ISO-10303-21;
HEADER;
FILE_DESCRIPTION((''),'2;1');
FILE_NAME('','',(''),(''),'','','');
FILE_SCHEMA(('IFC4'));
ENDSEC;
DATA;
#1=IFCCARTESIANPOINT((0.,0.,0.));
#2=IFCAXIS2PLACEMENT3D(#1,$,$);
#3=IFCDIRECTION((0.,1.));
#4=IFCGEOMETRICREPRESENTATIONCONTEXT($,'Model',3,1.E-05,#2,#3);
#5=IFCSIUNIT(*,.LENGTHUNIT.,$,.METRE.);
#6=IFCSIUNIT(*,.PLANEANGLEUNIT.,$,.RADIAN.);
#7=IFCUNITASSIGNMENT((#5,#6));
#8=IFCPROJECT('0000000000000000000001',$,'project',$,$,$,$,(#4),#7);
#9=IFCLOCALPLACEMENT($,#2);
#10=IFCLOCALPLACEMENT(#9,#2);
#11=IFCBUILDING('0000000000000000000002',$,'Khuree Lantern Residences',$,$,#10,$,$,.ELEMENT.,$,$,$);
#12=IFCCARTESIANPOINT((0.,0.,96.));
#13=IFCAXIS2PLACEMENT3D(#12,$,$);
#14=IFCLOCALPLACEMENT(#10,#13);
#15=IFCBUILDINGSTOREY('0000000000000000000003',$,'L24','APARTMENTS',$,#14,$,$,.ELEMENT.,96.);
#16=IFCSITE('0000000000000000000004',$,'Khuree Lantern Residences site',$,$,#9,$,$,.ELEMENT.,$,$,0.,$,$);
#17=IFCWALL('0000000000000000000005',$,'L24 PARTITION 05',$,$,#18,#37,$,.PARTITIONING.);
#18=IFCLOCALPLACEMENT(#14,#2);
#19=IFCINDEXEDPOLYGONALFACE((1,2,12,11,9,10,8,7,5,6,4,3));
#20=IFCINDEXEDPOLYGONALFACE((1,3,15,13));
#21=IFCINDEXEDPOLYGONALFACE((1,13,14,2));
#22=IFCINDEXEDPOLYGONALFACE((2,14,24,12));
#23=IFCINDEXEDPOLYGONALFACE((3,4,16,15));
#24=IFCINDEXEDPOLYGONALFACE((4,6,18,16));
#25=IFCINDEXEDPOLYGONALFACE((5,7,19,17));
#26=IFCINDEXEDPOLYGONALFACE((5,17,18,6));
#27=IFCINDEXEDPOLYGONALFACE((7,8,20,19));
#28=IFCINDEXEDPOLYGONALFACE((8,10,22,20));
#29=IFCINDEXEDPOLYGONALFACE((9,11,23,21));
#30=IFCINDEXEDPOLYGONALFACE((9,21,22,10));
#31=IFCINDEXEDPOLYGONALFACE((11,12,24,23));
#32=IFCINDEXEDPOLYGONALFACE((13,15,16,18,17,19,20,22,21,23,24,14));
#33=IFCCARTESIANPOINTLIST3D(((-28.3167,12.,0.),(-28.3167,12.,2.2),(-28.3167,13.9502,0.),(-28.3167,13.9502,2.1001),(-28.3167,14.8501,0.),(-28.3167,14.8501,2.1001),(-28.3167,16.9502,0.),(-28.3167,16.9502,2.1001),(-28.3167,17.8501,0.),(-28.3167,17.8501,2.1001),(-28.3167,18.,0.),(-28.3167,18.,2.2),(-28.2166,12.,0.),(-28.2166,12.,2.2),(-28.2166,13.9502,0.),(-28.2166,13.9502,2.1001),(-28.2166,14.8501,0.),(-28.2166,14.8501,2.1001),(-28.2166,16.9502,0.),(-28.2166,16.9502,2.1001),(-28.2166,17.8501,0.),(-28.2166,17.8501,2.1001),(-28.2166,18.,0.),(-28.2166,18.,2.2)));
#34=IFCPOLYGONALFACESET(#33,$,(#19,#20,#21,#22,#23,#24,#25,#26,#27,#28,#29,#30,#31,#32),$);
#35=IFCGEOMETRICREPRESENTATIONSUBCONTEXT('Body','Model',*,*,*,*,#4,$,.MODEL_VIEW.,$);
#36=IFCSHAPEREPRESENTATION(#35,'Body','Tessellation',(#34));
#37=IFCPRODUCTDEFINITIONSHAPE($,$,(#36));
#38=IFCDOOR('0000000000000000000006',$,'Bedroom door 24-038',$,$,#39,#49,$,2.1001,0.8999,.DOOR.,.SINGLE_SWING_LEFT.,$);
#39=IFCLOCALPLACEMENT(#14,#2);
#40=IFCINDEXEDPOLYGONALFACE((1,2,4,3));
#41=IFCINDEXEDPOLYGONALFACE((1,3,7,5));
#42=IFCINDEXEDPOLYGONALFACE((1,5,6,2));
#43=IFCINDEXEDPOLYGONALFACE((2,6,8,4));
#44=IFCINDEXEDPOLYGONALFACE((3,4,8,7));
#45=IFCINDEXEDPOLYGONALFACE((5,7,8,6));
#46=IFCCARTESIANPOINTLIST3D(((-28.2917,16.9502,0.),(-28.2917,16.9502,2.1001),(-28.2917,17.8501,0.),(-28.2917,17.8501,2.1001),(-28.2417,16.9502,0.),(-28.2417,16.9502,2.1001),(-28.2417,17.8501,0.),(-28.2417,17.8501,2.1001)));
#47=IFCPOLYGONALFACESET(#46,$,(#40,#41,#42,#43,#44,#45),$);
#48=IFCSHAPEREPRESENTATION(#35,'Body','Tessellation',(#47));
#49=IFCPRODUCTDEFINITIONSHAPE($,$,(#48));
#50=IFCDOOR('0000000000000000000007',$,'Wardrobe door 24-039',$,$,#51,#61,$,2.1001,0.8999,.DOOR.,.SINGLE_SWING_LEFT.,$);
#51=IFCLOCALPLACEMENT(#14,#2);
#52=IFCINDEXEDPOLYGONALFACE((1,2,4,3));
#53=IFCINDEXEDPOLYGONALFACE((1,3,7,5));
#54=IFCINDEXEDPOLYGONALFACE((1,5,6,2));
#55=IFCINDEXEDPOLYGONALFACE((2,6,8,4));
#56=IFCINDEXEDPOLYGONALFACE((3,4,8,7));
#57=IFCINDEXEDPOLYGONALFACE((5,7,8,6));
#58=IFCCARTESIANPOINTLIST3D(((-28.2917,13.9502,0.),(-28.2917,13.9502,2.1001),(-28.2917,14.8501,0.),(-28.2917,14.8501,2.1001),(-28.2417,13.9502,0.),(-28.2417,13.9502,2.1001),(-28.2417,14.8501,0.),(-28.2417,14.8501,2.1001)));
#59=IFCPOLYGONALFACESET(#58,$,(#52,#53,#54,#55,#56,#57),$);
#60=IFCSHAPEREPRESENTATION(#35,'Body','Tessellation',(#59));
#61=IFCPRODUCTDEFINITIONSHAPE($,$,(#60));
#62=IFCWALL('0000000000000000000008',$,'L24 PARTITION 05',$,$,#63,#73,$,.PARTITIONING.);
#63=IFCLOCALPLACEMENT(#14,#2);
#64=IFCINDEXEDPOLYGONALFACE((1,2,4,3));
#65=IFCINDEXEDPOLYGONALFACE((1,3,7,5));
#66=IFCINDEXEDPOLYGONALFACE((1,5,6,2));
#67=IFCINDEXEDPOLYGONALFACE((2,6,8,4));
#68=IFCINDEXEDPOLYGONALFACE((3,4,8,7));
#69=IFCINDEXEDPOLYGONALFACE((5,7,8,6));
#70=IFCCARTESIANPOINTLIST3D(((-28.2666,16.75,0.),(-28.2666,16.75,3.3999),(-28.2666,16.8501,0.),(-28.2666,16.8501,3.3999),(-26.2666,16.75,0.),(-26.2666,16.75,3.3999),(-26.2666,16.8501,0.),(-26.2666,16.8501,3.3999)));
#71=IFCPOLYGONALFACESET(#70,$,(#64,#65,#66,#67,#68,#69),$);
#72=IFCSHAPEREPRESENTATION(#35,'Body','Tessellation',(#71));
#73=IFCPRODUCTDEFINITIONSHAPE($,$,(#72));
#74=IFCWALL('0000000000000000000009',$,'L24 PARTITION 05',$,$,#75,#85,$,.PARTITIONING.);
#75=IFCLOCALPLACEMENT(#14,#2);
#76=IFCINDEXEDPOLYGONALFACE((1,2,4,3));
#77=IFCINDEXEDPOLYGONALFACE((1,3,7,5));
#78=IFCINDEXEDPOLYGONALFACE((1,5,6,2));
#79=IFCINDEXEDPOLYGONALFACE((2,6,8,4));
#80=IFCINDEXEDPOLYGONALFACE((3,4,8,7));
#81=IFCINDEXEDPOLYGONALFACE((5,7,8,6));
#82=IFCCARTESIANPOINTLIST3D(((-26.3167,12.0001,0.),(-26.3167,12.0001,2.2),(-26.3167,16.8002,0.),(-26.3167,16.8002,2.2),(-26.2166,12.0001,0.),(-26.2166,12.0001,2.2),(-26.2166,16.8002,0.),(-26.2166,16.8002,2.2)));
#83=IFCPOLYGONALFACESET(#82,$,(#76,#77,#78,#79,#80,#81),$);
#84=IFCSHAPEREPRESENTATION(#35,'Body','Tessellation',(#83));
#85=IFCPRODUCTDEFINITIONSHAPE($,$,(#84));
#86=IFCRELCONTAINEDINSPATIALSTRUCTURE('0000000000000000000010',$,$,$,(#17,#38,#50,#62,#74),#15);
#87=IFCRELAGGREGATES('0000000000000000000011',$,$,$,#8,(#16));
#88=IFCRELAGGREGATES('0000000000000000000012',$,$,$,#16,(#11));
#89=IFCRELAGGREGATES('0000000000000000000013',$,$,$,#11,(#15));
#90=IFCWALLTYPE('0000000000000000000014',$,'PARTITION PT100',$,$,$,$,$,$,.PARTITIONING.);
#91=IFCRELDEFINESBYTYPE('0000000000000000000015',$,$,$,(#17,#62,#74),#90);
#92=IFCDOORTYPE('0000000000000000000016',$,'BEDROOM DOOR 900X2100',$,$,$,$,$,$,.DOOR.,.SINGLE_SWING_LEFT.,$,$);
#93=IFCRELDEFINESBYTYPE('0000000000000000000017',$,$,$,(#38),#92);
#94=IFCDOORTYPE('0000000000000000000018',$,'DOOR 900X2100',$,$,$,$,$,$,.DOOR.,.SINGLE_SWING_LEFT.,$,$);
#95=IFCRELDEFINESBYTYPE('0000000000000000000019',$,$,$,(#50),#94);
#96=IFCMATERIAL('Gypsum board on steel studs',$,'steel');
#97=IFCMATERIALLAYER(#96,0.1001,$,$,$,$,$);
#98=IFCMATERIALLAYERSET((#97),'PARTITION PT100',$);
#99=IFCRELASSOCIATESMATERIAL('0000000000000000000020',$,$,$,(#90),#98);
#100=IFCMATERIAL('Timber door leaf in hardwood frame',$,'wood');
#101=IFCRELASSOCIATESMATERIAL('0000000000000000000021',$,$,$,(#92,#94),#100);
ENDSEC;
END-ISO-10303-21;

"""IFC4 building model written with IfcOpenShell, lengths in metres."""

from ifc_helpers import new_model, si_unit, direction, frame, frame_2d, origin, place, context, subcontext, project, spatial, rectangle, extrude, material, layer, layer_set, type_object, element, fill, save


model = new_model("IFC4")

# Units and contexts
model_context = context("Model", 3, precision=1e-05, world=origin(), true_north=direction((0.0, 1.0)))
body_context = subcontext(model_context, "Body", "Model", "MODEL_VIEW")
ifc_project = project(units=[si_unit("LENGTHUNIT", "METRE"), si_unit("PLANEANGLEUNIT", "RADIAN")], contexts=[model_context])

# Site, building, storey
site_placement = place(None, origin())
site = spatial("IfcSite", under=ifc_project, at=site_placement, Name="Khuree Lantern Residences site", CompositionType="ELEMENT", RefElevation=0.0)
building_placement = place(site_placement, origin())
building = spatial("IfcBuilding", under=site, at=building_placement, Name="Khuree Lantern Residences", CompositionType="ELEMENT")
storey_placement = place(building_placement, frame((0.0, 0.0, 96.0)))
storey = spatial("IfcBuildingStorey", under=building, at=storey_placement, Name="L24", Description="APARTMENTS", CompositionType="ELEMENT", Elevation=96.0)

# Shared definitions
ifc_material_1 = material(Name="Timber door leaf in hardwood frame", Category="wood")

# Shared definitions
ifc_material_2 = material(Name="Gypsum board on steel studs", Category="steel")
ifc_layer_1 = layer(ifc_material_2, 0.1001)
ifc_layer_set_1 = layer_set([ifc_layer_1], Name="PARTITION PT100")
wall_type_1 = type_object("IfcWallType", Name="PARTITION PT100", PredefinedType="PARTITIONING", material=ifc_layer_set_1)

# Wall, openings, doors
wall_1_placement = place(storey_placement, frame((-28.2666, 18.0, 0.0), z_axis=(0.0, 0.0, 1.0), x_axis=(0.0, -1.0, 0.0)))
wall_1 = element("IfcWall", 1, at=wall_1_placement, inside=storey, type_object=wall_type_1, Name="L24 PARTITION 05", PredefinedType="PARTITIONING", context=body_context, shape_type="SweptSolid", body=[
    extrude(rectangle(XDim=6.0, YDim=0.1001, at=frame_2d((3.0, 0.0))), origin(), (0.0, 0.0, 1.0), 2.2),
])
opening_1_placement = place(wall_1_placement, frame((0.1499, 0.0, 0.0)))
opening_1 = element("IfcOpeningElement", 2, at=opening_1_placement, cuts=wall_1, PredefinedType="OPENING", context=body_context, shape_type="SweptSolid", body=[
    extrude(rectangle(XDim=0.8999, YDim=2.1001, at=frame_2d((0.45, 1.05))), frame((0.0, 0.0601, 0.0), z_axis=(0.0, -1.0, 0.0), x_axis=(1.0, 0.0, 0.0)), (0.0, 0.0, 1.0), 0.1201),
])
opening_2_placement = place(wall_1_placement, frame((3.1499, 0.0, 0.0)))
opening_2 = element("IfcOpeningElement", 3, at=opening_2_placement, cuts=wall_1, PredefinedType="OPENING", context=body_context, shape_type="SweptSolid", body=[
    extrude(rectangle(XDim=0.8999, YDim=2.1001, at=frame_2d((0.45, 1.05))), frame((0.0, 0.0601, 0.0), z_axis=(0.0, -1.0, 0.0), x_axis=(1.0, 0.0, 0.0)), (0.0, 0.0, 1.0), 0.1201),
])
door_type_1 = type_object("IfcDoorType", Name="BEDROOM DOOR 900X2100", OperationType="SINGLE_SWING_LEFT", PredefinedType="DOOR", material=ifc_material_1)
door_1_placement = place(opening_1_placement, origin())
door_1 = element("IfcDoor", 4, at=door_1_placement, inside=storey, type_object=door_type_1, Name="Bedroom door 24-038", OperationType="SINGLE_SWING_LEFT", OverallHeight=2.1001, OverallWidth=0.8999, PredefinedType="DOOR", context=body_context, shape_type="SweptSolid", body=[
    extrude(rectangle(XDim=0.8999, YDim=2.1001, at=frame_2d((0.45, 1.05))), frame((0.0, 0.0249, 0.0), z_axis=(0.0, -1.0, 0.0), x_axis=(1.0, 0.0, 0.0)), (0.0, 0.0, 1.0), 0.05),
])
fill(opening_1, door_1)
door_type_2 = type_object("IfcDoorType", Name="DOOR 900X2100", OperationType="SINGLE_SWING_LEFT", PredefinedType="DOOR", material=ifc_material_1)
door_2_placement = place(opening_2_placement, origin())
door_2 = element("IfcDoor", 5, at=door_2_placement, inside=storey, type_object=door_type_2, Name="Wardrobe door 24-039", OperationType="SINGLE_SWING_LEFT", OverallHeight=2.1001, OverallWidth=0.8999, PredefinedType="DOOR", context=body_context, shape_type="SweptSolid", body=[
    extrude(rectangle(XDim=0.8999, YDim=2.1001, at=frame_2d((0.45, 1.05))), frame((0.0, 0.0249, 0.0), z_axis=(0.0, -1.0, 0.0), x_axis=(1.0, 0.0, 0.0)), (0.0, 0.0, 1.0), 0.05),
])
fill(opening_2, door_2)

# Walls
wall_2_placement = place(storey_placement, frame((-26.2666, 16.8, 0.0), z_axis=(0.0, 0.0, 1.0), x_axis=(-1.0, 0.0, 0.0)))
element("IfcWall", 6, at=wall_2_placement, inside=storey, type_object=wall_type_1, Name="L24 PARTITION 05", PredefinedType="PARTITIONING", context=body_context, shape_type="SweptSolid", body=[
    extrude(rectangle(XDim=2.0, YDim=0.1001, at=frame_2d((1.0, 0.0))), origin(), (0.0, 0.0, 1.0), 3.3999),
])
wall_3_placement = place(storey_placement, frame((-26.2666, 16.8, 0.0), z_axis=(0.0, 0.0, 1.0), x_axis=(0.0, -1.0, 0.0)))
element("IfcWall", 7, at=wall_3_placement, inside=storey, type_object=wall_type_1, Name="L24 PARTITION 05", PredefinedType="PARTITIONING", context=body_context, shape_type="SweptSolid", body=[
    extrude(rectangle(XDim=4.8, YDim=0.1001, at=frame_2d((2.3999, 0.0))), origin(), (0.0, 0.0, 1.0), 2.2),
])

save(model, "model.ifc")
